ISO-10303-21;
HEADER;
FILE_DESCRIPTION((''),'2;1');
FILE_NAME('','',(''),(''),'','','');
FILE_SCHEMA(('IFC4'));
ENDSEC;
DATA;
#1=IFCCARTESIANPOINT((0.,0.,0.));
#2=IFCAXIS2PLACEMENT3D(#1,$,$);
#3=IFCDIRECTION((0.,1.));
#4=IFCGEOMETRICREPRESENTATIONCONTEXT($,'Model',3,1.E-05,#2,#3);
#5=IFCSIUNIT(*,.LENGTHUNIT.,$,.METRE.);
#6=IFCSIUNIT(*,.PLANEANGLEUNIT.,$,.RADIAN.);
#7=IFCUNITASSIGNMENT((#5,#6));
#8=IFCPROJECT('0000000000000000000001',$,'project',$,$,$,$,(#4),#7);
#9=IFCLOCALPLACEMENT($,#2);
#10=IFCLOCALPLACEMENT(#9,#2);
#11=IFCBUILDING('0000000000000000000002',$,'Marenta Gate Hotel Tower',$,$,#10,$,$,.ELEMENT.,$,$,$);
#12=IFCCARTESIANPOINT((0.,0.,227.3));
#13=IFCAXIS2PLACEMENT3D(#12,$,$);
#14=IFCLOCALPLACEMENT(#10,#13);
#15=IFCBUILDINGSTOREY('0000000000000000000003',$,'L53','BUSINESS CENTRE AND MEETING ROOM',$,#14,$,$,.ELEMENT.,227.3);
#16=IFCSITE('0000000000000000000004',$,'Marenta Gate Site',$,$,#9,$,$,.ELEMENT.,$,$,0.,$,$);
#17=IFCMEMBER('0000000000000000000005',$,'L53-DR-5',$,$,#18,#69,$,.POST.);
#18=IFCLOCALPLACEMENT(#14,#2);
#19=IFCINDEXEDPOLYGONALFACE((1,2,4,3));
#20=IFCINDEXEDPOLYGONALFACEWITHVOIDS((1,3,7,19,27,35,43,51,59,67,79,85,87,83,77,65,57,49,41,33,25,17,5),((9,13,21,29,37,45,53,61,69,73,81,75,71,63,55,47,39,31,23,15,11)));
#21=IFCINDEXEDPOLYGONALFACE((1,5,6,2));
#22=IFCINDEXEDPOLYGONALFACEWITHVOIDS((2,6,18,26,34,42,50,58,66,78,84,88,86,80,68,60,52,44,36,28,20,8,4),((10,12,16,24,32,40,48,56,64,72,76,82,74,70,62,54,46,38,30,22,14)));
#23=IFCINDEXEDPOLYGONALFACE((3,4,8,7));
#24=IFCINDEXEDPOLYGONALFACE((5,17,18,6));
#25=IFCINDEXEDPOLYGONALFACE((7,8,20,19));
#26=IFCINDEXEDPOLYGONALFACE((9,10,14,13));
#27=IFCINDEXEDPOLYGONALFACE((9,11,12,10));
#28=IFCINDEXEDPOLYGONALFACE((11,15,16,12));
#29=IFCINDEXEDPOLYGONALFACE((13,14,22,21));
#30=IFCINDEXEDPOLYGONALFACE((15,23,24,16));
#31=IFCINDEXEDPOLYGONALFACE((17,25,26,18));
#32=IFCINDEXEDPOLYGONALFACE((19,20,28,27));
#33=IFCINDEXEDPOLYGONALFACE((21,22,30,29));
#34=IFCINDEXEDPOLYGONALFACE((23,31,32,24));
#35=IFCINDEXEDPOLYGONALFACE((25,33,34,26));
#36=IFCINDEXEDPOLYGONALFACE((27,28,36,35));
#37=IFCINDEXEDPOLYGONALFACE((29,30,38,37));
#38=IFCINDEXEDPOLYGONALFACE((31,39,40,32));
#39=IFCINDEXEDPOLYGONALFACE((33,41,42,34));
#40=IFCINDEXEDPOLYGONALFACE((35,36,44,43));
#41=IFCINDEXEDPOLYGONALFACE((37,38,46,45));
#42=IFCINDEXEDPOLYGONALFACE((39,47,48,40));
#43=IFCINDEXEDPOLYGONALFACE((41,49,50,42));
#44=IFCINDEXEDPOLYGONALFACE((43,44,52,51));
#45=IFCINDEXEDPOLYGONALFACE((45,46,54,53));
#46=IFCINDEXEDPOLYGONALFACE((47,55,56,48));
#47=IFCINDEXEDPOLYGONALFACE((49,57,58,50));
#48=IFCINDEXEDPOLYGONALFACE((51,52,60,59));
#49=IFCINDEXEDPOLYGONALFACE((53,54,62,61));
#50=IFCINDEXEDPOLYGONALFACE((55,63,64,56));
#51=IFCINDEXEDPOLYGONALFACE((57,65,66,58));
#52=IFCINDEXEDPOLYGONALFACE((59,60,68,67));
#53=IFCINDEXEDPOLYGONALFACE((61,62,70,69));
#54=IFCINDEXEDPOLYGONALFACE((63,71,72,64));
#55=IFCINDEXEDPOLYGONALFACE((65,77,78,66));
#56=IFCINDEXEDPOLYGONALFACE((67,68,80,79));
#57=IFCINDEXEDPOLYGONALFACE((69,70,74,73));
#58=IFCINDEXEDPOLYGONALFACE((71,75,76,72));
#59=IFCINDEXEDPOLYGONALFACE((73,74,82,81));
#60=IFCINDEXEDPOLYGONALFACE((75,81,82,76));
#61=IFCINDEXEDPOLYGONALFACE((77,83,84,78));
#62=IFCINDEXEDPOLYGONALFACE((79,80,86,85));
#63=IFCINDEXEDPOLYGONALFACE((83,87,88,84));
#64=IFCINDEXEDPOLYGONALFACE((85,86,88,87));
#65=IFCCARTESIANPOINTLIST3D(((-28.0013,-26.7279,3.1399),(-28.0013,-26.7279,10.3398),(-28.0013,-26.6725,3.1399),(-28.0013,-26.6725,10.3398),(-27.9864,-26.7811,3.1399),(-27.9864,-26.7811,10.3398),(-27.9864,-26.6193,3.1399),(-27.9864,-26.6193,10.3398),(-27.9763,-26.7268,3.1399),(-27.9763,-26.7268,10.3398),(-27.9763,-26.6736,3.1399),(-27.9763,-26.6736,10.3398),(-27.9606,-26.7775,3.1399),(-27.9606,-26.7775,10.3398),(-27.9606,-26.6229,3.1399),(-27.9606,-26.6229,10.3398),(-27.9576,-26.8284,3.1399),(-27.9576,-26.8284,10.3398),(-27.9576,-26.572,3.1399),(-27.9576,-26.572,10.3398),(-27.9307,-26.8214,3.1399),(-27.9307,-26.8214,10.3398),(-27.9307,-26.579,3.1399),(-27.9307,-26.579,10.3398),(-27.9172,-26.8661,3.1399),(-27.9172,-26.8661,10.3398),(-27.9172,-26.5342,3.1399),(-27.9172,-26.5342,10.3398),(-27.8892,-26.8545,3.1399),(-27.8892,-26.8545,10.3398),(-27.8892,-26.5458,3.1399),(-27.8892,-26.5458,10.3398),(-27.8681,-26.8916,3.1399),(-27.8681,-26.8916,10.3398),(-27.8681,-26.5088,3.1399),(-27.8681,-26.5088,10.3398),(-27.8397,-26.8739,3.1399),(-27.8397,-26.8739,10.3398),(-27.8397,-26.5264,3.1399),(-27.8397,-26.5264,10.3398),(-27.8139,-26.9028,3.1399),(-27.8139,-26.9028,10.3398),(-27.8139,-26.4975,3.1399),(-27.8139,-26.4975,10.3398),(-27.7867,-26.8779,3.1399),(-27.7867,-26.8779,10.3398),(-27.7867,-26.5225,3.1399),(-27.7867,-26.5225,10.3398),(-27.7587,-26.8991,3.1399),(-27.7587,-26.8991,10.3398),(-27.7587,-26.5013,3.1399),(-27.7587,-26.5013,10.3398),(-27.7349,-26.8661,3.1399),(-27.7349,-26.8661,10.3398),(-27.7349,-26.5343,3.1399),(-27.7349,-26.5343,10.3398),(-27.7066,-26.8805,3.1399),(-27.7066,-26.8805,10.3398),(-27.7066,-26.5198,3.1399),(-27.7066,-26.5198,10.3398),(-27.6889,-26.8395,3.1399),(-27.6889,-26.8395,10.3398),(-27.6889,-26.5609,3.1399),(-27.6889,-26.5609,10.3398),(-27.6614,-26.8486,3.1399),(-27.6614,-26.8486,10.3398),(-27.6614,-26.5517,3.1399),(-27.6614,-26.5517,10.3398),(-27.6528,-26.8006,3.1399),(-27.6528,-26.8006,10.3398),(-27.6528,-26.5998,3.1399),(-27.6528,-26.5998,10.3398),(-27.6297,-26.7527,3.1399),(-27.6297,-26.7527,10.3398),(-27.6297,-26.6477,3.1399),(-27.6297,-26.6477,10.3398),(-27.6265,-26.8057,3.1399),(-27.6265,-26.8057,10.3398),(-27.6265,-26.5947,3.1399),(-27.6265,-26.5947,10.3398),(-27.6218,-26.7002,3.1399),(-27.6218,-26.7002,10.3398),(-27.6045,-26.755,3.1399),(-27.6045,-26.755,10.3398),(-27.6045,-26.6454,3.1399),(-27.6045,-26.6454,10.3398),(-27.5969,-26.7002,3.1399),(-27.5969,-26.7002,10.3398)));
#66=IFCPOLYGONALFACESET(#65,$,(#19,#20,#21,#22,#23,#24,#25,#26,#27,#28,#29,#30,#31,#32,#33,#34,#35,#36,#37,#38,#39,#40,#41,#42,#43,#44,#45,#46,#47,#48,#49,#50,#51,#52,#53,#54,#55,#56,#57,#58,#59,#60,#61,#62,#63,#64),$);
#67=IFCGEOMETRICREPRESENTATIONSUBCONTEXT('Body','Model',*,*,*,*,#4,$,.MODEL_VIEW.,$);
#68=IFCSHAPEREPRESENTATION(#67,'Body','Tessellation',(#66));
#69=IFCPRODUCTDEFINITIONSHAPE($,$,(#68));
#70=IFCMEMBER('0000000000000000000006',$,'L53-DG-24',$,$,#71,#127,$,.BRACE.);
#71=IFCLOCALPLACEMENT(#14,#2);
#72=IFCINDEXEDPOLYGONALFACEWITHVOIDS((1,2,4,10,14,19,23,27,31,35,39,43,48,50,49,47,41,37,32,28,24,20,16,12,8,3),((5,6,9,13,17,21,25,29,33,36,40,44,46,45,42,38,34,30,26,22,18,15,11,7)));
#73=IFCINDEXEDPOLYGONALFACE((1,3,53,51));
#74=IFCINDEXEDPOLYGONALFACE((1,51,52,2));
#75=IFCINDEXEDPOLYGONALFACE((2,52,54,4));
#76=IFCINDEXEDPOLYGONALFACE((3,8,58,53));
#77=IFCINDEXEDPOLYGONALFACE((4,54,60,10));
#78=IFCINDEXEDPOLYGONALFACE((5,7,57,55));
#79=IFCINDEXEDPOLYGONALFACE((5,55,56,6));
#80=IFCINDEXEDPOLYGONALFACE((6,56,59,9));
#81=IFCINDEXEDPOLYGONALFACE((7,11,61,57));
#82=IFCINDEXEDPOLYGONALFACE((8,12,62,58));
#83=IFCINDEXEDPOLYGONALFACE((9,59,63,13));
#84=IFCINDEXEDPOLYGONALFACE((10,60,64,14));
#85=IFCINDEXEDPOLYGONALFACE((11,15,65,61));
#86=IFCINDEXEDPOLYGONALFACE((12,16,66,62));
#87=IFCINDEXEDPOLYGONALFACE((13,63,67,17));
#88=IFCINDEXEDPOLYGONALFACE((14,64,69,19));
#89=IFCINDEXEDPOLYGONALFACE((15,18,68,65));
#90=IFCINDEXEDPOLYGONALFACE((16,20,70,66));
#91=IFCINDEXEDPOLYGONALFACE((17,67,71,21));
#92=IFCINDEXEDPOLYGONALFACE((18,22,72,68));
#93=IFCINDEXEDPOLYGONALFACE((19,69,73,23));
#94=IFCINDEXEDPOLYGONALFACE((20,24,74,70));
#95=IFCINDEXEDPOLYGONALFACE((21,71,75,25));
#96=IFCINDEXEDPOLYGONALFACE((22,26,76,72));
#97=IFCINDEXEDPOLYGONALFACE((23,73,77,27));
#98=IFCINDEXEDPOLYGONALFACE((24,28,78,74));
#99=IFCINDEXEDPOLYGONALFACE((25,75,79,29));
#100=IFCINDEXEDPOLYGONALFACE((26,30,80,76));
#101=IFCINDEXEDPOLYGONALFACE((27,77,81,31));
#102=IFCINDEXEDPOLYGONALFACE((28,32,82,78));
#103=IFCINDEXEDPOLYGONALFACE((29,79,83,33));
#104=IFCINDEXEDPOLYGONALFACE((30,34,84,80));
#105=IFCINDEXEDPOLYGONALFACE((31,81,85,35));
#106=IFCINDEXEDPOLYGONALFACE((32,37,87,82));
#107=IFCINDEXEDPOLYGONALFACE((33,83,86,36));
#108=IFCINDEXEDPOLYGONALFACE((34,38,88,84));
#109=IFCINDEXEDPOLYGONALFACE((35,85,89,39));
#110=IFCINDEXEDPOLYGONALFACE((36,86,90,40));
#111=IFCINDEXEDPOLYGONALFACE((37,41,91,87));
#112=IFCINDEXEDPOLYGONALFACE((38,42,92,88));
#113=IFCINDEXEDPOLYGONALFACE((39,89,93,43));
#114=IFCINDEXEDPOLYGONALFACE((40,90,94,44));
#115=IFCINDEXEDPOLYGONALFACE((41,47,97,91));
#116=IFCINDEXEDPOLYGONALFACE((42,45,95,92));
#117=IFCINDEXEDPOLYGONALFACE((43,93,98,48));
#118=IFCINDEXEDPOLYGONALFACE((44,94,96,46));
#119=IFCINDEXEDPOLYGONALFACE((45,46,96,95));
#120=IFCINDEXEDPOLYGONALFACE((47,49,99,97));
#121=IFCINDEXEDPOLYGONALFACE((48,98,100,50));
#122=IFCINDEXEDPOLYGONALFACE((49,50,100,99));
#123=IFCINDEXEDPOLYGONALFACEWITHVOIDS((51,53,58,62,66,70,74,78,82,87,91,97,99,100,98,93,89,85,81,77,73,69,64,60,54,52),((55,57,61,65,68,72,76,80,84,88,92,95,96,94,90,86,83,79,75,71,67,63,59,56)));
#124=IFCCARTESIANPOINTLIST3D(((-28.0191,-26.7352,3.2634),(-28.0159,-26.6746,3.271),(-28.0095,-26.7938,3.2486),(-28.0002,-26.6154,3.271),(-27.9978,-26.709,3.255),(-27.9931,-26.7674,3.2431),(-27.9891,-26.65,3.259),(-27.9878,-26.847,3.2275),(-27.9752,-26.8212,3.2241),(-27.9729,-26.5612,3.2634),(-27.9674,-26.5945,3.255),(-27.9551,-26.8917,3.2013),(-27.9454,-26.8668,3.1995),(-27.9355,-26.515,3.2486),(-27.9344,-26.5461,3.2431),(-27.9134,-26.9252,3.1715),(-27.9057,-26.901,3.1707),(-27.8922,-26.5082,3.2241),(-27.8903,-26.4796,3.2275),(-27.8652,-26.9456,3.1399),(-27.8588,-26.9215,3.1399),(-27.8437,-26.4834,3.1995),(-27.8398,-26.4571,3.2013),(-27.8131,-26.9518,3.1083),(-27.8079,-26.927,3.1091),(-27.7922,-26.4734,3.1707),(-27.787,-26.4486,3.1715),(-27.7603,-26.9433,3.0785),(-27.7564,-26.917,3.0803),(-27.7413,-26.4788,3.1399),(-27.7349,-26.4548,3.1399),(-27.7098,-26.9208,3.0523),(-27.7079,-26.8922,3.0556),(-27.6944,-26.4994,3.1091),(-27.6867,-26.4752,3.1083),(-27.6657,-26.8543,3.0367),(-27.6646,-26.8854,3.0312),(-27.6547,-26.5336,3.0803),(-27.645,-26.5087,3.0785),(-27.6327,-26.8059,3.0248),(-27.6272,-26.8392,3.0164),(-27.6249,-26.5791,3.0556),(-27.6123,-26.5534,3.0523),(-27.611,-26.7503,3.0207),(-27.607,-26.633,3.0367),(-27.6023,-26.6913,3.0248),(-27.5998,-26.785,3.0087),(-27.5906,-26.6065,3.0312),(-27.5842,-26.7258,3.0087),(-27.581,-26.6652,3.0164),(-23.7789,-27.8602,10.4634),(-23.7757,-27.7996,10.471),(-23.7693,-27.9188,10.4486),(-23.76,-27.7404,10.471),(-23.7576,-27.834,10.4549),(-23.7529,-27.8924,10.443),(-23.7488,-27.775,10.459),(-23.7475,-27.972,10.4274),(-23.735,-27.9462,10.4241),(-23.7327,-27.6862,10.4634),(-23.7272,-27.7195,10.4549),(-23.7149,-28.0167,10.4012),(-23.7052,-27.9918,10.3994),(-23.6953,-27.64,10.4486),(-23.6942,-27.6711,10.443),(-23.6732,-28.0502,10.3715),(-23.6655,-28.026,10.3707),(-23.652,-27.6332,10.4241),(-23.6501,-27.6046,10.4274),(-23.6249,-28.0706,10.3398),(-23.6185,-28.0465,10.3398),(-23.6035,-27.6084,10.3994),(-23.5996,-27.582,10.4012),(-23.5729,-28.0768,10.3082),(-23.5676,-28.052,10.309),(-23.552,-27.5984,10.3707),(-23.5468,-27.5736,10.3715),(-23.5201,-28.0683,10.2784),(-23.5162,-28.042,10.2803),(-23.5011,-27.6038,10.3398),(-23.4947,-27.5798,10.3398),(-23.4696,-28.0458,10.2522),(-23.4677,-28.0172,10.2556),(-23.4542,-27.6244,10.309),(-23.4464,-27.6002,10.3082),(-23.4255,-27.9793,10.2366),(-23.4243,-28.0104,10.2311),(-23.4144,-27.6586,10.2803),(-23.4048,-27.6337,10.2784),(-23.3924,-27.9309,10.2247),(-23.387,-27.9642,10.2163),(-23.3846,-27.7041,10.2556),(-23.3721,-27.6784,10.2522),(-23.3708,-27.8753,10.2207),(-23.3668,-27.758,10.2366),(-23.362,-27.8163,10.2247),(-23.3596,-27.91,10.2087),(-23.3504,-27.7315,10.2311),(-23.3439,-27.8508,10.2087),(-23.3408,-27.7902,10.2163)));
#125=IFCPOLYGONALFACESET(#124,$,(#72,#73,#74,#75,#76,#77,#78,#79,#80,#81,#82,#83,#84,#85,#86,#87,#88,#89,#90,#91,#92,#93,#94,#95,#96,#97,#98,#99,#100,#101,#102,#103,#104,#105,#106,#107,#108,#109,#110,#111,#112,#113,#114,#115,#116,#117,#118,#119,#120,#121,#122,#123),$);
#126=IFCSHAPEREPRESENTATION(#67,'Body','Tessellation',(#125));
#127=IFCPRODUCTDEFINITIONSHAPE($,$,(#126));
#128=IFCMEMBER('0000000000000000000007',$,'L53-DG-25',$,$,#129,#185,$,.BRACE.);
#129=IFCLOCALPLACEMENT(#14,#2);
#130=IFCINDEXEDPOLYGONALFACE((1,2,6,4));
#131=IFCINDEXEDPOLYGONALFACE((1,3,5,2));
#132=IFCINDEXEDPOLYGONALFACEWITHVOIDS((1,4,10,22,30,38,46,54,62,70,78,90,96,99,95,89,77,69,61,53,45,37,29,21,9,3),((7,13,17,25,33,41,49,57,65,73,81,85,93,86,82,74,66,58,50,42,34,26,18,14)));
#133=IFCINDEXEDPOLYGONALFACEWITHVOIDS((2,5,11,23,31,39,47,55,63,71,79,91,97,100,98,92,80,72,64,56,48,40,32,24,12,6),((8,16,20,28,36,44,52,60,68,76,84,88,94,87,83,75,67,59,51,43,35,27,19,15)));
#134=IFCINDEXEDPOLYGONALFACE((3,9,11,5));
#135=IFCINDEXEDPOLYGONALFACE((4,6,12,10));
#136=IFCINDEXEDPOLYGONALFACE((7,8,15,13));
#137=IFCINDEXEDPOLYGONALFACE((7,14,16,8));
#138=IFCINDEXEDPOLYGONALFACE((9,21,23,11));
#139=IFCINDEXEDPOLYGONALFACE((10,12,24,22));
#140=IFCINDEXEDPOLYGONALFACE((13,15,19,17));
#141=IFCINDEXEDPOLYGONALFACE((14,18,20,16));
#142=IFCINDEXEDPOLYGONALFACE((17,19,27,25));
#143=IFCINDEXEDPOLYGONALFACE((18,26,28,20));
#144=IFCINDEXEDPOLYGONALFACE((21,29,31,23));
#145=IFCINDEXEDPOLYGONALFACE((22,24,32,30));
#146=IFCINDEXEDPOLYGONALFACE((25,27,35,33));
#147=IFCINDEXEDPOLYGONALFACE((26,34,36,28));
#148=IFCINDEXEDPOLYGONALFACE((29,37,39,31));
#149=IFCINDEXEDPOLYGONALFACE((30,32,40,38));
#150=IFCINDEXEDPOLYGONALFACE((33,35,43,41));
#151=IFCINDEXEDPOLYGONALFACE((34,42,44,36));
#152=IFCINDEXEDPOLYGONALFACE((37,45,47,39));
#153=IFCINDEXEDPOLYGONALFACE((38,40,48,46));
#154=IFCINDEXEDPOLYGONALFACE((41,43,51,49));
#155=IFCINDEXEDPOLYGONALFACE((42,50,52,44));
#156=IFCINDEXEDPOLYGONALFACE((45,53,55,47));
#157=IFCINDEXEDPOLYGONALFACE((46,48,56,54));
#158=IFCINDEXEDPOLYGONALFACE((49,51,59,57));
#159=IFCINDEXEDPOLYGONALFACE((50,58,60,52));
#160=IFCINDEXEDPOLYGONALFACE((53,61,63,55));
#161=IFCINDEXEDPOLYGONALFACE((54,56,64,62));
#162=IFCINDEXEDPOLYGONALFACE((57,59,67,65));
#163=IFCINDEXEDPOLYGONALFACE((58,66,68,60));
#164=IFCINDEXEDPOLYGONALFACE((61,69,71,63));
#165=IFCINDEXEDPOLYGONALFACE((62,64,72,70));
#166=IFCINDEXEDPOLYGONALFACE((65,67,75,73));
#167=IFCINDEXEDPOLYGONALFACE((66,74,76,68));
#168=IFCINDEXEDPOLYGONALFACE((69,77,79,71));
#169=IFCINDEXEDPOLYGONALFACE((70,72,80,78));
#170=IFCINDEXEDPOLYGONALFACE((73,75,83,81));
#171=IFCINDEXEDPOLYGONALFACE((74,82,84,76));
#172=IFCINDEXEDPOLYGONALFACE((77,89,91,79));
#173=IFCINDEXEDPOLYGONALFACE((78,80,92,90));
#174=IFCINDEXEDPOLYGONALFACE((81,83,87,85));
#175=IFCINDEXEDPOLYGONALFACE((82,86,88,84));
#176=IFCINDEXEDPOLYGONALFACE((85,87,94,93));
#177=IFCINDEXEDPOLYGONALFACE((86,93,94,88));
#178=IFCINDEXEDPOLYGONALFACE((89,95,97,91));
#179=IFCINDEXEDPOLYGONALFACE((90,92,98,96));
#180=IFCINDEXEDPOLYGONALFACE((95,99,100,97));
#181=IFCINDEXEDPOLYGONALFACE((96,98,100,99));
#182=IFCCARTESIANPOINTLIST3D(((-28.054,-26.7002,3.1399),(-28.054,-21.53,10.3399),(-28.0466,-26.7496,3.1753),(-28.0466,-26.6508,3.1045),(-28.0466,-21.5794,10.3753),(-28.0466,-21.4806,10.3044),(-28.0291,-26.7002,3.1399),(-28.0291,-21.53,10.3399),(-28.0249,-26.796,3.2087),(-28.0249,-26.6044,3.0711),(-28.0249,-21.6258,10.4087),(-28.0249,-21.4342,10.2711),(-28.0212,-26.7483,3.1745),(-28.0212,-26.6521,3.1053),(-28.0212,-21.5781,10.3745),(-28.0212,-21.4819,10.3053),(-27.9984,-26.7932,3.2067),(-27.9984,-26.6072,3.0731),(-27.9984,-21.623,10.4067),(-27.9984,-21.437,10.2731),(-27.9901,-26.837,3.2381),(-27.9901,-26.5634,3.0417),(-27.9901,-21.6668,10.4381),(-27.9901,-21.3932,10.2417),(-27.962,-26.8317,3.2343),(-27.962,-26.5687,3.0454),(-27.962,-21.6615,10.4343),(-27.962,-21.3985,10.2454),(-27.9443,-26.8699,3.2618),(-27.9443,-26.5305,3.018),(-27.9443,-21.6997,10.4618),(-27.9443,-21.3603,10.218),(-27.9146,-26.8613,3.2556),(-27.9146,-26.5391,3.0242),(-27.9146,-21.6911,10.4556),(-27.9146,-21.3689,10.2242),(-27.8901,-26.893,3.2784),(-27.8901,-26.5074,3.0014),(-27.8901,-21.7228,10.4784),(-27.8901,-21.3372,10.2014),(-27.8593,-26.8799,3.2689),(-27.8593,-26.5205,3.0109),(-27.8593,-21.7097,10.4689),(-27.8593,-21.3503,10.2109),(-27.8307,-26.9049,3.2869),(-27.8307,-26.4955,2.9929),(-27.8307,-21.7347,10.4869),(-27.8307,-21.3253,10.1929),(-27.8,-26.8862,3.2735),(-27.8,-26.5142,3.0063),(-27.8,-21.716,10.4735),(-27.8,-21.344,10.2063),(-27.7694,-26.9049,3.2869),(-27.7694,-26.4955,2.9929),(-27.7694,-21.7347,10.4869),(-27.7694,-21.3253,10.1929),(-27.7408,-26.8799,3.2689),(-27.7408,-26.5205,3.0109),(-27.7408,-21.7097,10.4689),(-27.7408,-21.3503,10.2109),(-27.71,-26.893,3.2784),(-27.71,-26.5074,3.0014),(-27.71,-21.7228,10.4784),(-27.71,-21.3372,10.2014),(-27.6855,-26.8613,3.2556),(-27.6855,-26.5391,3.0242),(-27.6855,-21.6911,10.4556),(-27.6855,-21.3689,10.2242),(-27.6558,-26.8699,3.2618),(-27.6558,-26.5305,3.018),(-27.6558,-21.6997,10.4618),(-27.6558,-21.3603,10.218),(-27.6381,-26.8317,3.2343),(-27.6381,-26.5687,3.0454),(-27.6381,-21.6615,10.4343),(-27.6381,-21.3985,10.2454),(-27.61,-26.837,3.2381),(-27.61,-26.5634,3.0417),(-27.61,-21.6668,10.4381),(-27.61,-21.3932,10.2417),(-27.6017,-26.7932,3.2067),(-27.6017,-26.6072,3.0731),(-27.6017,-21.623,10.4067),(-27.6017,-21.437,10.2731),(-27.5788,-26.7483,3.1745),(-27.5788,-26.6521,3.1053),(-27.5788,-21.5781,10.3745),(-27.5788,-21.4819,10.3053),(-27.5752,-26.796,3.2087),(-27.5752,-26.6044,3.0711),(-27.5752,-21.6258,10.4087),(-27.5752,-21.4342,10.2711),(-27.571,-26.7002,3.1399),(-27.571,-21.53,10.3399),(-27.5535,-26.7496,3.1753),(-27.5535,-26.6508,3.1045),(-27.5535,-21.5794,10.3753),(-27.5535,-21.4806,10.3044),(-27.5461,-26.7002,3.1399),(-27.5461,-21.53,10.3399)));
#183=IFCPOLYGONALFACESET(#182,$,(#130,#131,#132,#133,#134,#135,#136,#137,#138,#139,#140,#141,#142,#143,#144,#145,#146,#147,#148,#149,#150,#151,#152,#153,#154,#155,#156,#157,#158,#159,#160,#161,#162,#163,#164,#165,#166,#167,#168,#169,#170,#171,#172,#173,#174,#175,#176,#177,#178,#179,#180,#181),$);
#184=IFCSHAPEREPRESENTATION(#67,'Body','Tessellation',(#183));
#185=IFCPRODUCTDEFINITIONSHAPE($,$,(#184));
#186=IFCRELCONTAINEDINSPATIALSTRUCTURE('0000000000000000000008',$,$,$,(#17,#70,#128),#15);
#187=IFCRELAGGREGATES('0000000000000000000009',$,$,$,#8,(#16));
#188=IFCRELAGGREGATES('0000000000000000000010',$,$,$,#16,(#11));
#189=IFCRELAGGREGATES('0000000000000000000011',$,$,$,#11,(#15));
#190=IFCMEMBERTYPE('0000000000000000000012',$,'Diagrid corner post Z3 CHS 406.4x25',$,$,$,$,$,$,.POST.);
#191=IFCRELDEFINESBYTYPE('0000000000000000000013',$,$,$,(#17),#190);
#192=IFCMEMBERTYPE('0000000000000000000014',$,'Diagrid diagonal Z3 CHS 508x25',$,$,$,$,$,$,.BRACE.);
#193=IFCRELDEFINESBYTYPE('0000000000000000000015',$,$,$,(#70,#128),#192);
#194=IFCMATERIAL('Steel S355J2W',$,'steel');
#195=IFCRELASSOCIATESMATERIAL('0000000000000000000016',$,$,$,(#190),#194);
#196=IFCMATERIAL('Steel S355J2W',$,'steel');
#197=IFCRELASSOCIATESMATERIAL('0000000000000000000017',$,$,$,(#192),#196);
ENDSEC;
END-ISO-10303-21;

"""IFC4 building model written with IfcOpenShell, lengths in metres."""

from ifc_helpers import new_model, si_unit, direction, frame, origin, origin_2d, place, context, subcontext, project, spatial, hollow_circle, extrude, material, material_profile, profile_set, type_object, element, save


model = new_model("IFC4")

# Units and contexts
model_context = context("Model", 3, precision=1e-05, world=origin(), true_north=direction((0.0, 1.0)))
body_context = subcontext(model_context, "Body", "Model", "MODEL_VIEW")
ifc_project = project(units=[si_unit("LENGTHUNIT", "METRE"), si_unit("PLANEANGLEUNIT", "RADIAN")], contexts=[model_context])

# Site, building, storey
site_placement = place(None, origin())
site = spatial("IfcSite", under=ifc_project, at=site_placement, Name="Marenta Gate Site", CompositionType="ELEMENT", RefElevation=0.0)
building_placement = place(site_placement, origin())
building = spatial("IfcBuilding", under=site, at=building_placement, Name="Marenta Gate Hotel Tower", CompositionType="ELEMENT")
storey_placement = place(building_placement, frame((0.0, 0.0, 227.3)))
storey = spatial("IfcBuildingStorey", under=building, at=storey_placement, Name="L53", Description="BUSINESS CENTRE AND MEETING ROOM", CompositionType="ELEMENT", Elevation=227.3)

# Members
ifc_material_1 = material(Name="Steel S355J2W", Category="steel")
ifc_material_profile_1 = material_profile(ifc_material_1, hollow_circle(Radius=0.2031, WallThickness=0.0249, at=origin_2d()), Name="CHS 406.4x25")
ifc_profile_set_1 = profile_set([ifc_material_profile_1], Name="Steel S355J2W")
member_type_1 = type_object("IfcMemberType", Name="Diagrid corner post Z3 CHS 406.4x25", PredefinedType="POST", material=ifc_profile_set_1)
member_1_placement = place(storey_placement, frame((-27.8, -26.7002, 3.1399), z_axis=(0.0, 0.0, 1.0), x_axis=(1.0, 0.0, 0.0)))
element("IfcMember", 1, at=member_1_placement, inside=storey, type_object=member_type_1, Name="L53-DR-5", PredefinedType="POST", context=body_context, shape_type="SweptSolid", body=[
    extrude(hollow_circle(Radius=0.2031, WallThickness=0.0249, at=origin_2d()), origin(), (0.0, 0.0, 1.0), 7.2),
])
ifc_material_2 = material(Name="Steel S355J2W", Category="steel")
ifc_material_profile_2 = material_profile(ifc_material_2, hollow_circle(Radius=0.2539, WallThickness=0.0249, at=origin_2d()), Name="CHS 508x25")
ifc_profile_set_2 = profile_set([ifc_material_profile_2], Name="Steel S355J2W")
member_type_2 = type_object("IfcMemberType", Name="Diagrid diagonal Z3 CHS 508x25", PredefinedType="BRACE", material=ifc_profile_set_2)
member_2_placement = place(storey_placement, frame((-27.8, -26.7002, 3.1399), z_axis=(0.502924, -0.133434, 0.853969), x_axis=(0.256443, 0.966559, 0.0)))
element("IfcMember", 2, at=member_2_placement, inside=storey, type_object=member_type_2, Name="L53-DG-24", PredefinedType="BRACE", context=body_context, shape_type="SweptSolid", body=[
    extrude(hollow_circle(Radius=0.2539, WallThickness=0.0249, at=origin_2d()), origin(), (0.0, 0.0, 1.0), 8.4312),
])
member_3_placement = place(storey_placement, frame((-27.8, -26.7002, 3.1399), z_axis=(0.0, 0.583279, 0.812272), x_axis=(-1.0, 0.0, 0.0)))
element("IfcMember", 3, at=member_3_placement, inside=storey, type_object=member_type_2, Name="L53-DG-25", PredefinedType="BRACE", context=body_context, shape_type="SweptSolid", body=[
    extrude(hollow_circle(Radius=0.2539, WallThickness=0.0249, at=origin_2d()), origin(), (0.0, 0.0, 1.0), 8.864),
])

save(model, "model.ifc")
